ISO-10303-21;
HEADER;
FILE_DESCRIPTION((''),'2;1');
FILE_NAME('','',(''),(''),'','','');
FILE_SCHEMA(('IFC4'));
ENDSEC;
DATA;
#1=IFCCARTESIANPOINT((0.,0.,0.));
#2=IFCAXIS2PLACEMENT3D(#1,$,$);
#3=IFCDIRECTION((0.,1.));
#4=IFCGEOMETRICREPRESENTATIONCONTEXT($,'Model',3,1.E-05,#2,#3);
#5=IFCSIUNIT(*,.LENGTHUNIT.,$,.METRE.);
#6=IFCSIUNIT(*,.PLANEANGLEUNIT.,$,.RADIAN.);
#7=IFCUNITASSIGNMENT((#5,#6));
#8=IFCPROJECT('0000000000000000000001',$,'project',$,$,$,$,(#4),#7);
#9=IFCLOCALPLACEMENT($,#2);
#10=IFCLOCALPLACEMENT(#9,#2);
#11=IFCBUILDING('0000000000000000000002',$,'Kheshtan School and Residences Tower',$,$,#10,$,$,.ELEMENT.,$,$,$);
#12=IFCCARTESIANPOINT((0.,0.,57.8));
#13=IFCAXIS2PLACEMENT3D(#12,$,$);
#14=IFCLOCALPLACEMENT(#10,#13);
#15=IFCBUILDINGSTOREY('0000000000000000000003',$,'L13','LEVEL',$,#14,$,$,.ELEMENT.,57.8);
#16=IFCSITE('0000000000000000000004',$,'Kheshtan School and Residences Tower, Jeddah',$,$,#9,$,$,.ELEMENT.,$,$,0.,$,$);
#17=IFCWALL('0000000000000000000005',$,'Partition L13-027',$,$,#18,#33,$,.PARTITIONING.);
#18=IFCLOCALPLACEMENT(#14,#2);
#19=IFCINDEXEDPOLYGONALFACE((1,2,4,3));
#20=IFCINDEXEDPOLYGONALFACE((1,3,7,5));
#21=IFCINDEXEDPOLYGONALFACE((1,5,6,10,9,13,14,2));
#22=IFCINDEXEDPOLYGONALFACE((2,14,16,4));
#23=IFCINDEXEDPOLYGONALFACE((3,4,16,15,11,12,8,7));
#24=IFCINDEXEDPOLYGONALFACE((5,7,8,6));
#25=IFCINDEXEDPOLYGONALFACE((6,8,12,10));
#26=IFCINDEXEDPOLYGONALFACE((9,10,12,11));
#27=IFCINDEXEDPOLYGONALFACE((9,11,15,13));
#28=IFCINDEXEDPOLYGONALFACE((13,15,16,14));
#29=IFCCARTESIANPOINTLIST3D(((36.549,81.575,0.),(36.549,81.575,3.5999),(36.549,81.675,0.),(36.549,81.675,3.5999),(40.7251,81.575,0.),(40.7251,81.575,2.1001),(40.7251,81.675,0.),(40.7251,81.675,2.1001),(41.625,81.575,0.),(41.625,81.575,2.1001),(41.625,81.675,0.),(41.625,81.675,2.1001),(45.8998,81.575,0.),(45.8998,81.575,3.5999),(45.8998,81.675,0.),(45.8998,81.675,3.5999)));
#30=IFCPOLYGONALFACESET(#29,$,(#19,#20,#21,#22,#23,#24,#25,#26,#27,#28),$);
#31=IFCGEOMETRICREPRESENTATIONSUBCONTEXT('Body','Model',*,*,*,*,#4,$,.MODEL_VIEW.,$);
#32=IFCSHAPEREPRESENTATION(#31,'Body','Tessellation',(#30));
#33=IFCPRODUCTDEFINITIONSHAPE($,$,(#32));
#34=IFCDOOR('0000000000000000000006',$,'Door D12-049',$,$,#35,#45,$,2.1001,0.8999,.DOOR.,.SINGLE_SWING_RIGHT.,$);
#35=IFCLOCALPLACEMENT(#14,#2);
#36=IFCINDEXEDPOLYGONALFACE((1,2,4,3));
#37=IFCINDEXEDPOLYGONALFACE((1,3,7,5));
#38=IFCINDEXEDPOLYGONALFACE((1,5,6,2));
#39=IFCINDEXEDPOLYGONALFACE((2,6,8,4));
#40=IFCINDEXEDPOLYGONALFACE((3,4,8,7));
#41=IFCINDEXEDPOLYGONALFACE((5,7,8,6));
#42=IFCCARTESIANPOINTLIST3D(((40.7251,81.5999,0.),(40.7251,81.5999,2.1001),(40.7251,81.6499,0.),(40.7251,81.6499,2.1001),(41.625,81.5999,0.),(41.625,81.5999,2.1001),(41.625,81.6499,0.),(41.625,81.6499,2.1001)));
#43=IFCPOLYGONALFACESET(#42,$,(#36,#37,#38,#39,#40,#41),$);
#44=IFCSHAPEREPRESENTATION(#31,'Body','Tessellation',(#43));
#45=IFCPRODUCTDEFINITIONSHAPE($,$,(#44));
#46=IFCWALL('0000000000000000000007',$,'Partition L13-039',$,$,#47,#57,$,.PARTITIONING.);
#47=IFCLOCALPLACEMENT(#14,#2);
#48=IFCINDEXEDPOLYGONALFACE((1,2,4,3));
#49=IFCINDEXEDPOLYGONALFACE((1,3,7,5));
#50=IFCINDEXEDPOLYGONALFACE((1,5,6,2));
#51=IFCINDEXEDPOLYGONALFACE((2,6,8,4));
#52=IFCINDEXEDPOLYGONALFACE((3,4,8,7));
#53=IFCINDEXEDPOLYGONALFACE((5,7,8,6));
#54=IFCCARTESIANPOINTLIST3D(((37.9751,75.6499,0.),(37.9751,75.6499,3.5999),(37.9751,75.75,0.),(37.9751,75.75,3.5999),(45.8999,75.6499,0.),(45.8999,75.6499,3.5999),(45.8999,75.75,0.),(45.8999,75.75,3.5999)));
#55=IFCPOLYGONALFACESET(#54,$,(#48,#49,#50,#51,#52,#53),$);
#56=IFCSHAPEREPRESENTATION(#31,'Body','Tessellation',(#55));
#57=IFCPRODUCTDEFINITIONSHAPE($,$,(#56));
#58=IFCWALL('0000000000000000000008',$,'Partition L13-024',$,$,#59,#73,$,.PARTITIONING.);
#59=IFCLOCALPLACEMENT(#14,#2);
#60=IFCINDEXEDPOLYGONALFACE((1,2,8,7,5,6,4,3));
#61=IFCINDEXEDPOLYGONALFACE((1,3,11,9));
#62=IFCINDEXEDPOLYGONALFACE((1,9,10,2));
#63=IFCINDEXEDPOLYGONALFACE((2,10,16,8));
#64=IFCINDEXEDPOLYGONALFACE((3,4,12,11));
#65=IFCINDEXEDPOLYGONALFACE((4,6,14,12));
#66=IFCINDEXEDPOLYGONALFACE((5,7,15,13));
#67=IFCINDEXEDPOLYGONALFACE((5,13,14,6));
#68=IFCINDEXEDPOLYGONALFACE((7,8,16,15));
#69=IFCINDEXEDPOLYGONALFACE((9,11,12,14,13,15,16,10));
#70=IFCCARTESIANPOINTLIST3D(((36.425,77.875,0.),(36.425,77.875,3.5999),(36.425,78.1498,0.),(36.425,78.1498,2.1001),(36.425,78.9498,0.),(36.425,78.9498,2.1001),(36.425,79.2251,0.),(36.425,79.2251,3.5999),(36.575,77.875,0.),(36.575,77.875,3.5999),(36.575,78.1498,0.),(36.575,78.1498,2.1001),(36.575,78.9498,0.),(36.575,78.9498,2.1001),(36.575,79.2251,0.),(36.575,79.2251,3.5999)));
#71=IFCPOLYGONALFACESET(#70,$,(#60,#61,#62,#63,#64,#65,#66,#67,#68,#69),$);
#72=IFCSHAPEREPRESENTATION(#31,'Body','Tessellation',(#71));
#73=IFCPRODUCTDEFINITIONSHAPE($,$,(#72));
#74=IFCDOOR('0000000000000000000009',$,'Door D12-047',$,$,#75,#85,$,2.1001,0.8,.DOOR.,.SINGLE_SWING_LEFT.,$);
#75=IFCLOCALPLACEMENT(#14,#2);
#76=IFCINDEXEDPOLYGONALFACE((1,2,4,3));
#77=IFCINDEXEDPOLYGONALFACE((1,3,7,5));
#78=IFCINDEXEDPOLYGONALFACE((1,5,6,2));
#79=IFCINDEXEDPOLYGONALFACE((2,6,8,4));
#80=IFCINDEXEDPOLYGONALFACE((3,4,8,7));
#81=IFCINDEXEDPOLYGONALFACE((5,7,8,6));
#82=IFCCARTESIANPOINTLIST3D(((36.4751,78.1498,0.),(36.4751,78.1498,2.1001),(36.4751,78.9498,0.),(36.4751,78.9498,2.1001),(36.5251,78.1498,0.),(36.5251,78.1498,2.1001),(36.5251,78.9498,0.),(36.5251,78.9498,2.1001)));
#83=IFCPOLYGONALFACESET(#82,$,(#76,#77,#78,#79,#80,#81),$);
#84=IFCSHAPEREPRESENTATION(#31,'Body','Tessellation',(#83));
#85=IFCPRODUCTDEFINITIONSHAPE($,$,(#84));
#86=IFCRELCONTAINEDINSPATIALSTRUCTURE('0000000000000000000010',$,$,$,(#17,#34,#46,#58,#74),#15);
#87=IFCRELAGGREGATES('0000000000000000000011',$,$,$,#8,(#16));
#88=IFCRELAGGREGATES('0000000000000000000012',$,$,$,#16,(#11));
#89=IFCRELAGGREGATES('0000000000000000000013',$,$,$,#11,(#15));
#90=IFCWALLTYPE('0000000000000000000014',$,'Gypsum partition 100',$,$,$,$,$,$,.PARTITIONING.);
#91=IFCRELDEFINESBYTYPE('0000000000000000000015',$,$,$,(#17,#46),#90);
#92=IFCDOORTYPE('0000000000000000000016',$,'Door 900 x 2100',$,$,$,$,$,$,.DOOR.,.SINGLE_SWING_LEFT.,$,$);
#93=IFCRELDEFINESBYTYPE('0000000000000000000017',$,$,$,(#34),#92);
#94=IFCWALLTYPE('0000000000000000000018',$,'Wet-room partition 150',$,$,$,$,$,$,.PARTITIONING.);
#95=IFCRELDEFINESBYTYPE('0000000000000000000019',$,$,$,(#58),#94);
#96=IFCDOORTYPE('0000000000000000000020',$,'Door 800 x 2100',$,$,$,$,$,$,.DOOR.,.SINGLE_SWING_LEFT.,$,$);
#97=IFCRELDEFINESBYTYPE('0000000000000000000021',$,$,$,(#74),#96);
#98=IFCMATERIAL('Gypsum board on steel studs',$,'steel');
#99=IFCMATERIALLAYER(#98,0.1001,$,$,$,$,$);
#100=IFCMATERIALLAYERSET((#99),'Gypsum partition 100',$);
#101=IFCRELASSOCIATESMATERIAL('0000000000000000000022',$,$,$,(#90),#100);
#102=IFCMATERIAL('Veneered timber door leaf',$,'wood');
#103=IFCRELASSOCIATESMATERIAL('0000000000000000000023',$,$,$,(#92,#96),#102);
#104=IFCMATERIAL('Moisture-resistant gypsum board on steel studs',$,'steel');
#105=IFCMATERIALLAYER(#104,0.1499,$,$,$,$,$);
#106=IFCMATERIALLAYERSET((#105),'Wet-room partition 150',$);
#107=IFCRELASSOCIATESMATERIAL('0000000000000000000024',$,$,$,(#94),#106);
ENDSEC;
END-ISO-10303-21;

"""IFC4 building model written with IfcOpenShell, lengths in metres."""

from ifc_helpers import new_model, si_unit, direction, frame, frame_2d, origin, place, context, subcontext, project, spatial, rectangle, extrude, source, transform, mapped, material, layer, layer_set, type_object, element, fill, save


model = new_model("IFC4")

# Units and contexts
model_context = context("Model", 3, precision=1e-05, world=origin(), true_north=direction((0.0, 1.0)))
body_context = subcontext(model_context, "Body", "Model", "MODEL_VIEW")
ifc_project = project(units=[si_unit("LENGTHUNIT", "METRE"), si_unit("PLANEANGLEUNIT", "RADIAN")], contexts=[model_context])

# Site, building, storey
site_placement = place(None, origin())
site = spatial("IfcSite", under=ifc_project, at=site_placement, Name="Kheshtan School and Residences Tower, Jeddah", CompositionType="ELEMENT", RefElevation=0.0)
building_placement = place(site_placement, origin())
building = spatial("IfcBuilding", under=site, at=building_placement, Name="Kheshtan School and Residences Tower", CompositionType="ELEMENT")
storey_placement = place(building_placement, frame((0.0, 0.0, 57.8)))
storey = spatial("IfcBuildingStorey", under=building, at=storey_placement, Name="L13", Description="LEVEL", CompositionType="ELEMENT", Elevation=57.8)

# Wall, opening, door
ifc_material_1 = material(Name="Gypsum board on steel studs", Category="steel")
ifc_layer_1 = layer(ifc_material_1, 0.1001)
ifc_layer_set_1 = layer_set([ifc_layer_1], Name="Gypsum partition 100")
wall_type_1 = type_object("IfcWallType", Name="Gypsum partition 100", PredefinedType="PARTITIONING", material=ifc_layer_set_1)
wall_1_placement = place(storey_placement, frame((36.5491, 81.625, 0.0), z_axis=(0.0, 0.0, 1.0), x_axis=(1.0, 0.0, 0.0)))
wall_1 = element("IfcWall", 1, at=wall_1_placement, inside=storey, type_object=wall_type_1, Name="Partition L13-027", PredefinedType="PARTITIONING", context=body_context, shape_type="SweptSolid", body=[
    extrude(rectangle(XDim=9.3508, YDim=0.1001, at=frame_2d((4.6753, 0.0))), origin(), (0.0, 0.0, 1.0), 3.5999),
])
opening_1_placement = place(wall_1_placement, frame((4.176, 0.0, 0.0)))
opening_1 = element("IfcOpeningElement", 2, at=opening_1_placement, cuts=wall_1, PredefinedType="OPENING", context=body_context, shape_type="SweptSolid", body=[
    extrude(rectangle(XDim=0.8999, YDim=2.1001, at=frame_2d((0.45, 1.05))), frame((0.0, 0.0601, 0.0), z_axis=(0.0, -1.0, 0.0), x_axis=(1.0, 0.0, 0.0)), (0.0, 0.0, 1.0), 0.1201),
])
ifc_material_2 = material(Name="Veneered timber door leaf", Category="wood")
door_type_1 = type_object("IfcDoorType", Name="Door 900 x 2100", OperationType="SINGLE_SWING_LEFT", PredefinedType="DOOR", material=ifc_material_2)
shared_shape_1 = source(origin(), body_context, "Body", "SweptSolid", [
    extrude(rectangle(XDim=0.8999, YDim=2.1001, at=frame_2d((0.45, 1.05))), frame((0.0, 0.0249, 0.0), z_axis=(0.0, -1.0, 0.0), x_axis=(1.0, 0.0, 0.0)), (0.0, 0.0, 1.0), 0.05),
])
door_1_placement = place(opening_1_placement, origin())
door_1 = element("IfcDoor", 3, at=door_1_placement, inside=storey, type_object=door_type_1, Name="Door D12-049", OperationType="SINGLE_SWING_RIGHT", OverallHeight=2.1001, OverallWidth=0.8999, PredefinedType="DOOR", context=body_context, shape_type="MappedRepresentation", body=[
    mapped(shared_shape_1, transform((0.0, 0.0, 0.0), x_axis=(1.0, 0.0, 0.0), y_axis=(0.0, 1.0, 0.0), z_axis=(0.0, 0.0, 1.0), scale=1.0)),
])
fill(opening_1, door_1)

# Wall
wall_2_placement = place(storey_placement, frame((37.9751, 75.7, 0.0), z_axis=(0.0, 0.0, 1.0), x_axis=(1.0, 0.0, 0.0)))
element("IfcWall", 4, at=wall_2_placement, inside=storey, type_object=wall_type_1, Name="Partition L13-039", PredefinedType="PARTITIONING", context=body_context, shape_type="SweptSolid", body=[
    extrude(rectangle(XDim=7.9248, YDim=0.1001, at=frame_2d((3.9624, 0.0))), origin(), (0.0, 0.0, 1.0), 3.5999),
])

# Wall, opening, door
ifc_material_3 = material(Name="Moisture-resistant gypsum board on steel studs", Category="steel")
ifc_layer_2 = layer(ifc_material_3, 0.1499)
ifc_layer_set_2 = layer_set([ifc_layer_2], Name="Wet-room partition 150")
wall_type_2 = type_object("IfcWallType", Name="Wet-room partition 150", PredefinedType="PARTITIONING", material=ifc_layer_set_2)
wall_3_placement = place(storey_placement, frame((36.5, 77.875, 0.0), z_axis=(0.0, 0.0, 1.0), x_axis=(0.0, 1.0, 0.0)))
wall_3 = element("IfcWall", 5, at=wall_3_placement, inside=storey, type_object=wall_type_2, Name="Partition L13-024", PredefinedType="PARTITIONING", context=body_context, shape_type="SweptSolid", body=[
    extrude(rectangle(XDim=1.3501, YDim=0.1499, at=frame_2d((0.675, 0.0))), origin(), (0.0, 0.0, 1.0), 3.5999),
])
opening_2_placement = place(wall_3_placement, frame((0.2749, 0.0, 0.0)))
opening_2 = element("IfcOpeningElement", 6, at=opening_2_placement, cuts=wall_3, PredefinedType="OPENING", context=body_context, shape_type="SweptSolid", body=[
    extrude(rectangle(XDim=0.8, YDim=2.1001, at=frame_2d((0.3999, 1.05))), frame((0.0, 0.085, 0.0), z_axis=(0.0, -1.0, 0.0), x_axis=(1.0, 0.0, 0.0)), (0.0, 0.0, 1.0), 0.1699),
])
door_type_2 = type_object("IfcDoorType", Name="Door 800 x 2100", OperationType="SINGLE_SWING_LEFT", PredefinedType="DOOR", material=ifc_material_2)
shared_shape_2 = source(origin(), body_context, "Body", "SweptSolid", [
    extrude(rectangle(XDim=0.8, YDim=2.1001, at=frame_2d((0.3999, 1.05))), frame((0.0, 0.0249, 0.0), z_axis=(0.0, -1.0, 0.0), x_axis=(1.0, 0.0, 0.0)), (0.0, 0.0, 1.0), 0.05),
])
door_2_placement = place(opening_2_placement, origin())
door_2 = element("IfcDoor", 7, at=door_2_placement, inside=storey, type_object=door_type_2, Name="Door D12-047", OperationType="SINGLE_SWING_LEFT", OverallHeight=2.1001, OverallWidth=0.8, PredefinedType="DOOR", context=body_context, shape_type="MappedRepresentation", body=[
    mapped(shared_shape_2, transform((0.0, 0.0, 0.0), x_axis=(1.0, 0.0, 0.0), y_axis=(0.0, 1.0, 0.0), z_axis=(0.0, 0.0, 1.0), scale=1.0)),
])
fill(opening_2, door_2)

save(model, "model.ifc")
